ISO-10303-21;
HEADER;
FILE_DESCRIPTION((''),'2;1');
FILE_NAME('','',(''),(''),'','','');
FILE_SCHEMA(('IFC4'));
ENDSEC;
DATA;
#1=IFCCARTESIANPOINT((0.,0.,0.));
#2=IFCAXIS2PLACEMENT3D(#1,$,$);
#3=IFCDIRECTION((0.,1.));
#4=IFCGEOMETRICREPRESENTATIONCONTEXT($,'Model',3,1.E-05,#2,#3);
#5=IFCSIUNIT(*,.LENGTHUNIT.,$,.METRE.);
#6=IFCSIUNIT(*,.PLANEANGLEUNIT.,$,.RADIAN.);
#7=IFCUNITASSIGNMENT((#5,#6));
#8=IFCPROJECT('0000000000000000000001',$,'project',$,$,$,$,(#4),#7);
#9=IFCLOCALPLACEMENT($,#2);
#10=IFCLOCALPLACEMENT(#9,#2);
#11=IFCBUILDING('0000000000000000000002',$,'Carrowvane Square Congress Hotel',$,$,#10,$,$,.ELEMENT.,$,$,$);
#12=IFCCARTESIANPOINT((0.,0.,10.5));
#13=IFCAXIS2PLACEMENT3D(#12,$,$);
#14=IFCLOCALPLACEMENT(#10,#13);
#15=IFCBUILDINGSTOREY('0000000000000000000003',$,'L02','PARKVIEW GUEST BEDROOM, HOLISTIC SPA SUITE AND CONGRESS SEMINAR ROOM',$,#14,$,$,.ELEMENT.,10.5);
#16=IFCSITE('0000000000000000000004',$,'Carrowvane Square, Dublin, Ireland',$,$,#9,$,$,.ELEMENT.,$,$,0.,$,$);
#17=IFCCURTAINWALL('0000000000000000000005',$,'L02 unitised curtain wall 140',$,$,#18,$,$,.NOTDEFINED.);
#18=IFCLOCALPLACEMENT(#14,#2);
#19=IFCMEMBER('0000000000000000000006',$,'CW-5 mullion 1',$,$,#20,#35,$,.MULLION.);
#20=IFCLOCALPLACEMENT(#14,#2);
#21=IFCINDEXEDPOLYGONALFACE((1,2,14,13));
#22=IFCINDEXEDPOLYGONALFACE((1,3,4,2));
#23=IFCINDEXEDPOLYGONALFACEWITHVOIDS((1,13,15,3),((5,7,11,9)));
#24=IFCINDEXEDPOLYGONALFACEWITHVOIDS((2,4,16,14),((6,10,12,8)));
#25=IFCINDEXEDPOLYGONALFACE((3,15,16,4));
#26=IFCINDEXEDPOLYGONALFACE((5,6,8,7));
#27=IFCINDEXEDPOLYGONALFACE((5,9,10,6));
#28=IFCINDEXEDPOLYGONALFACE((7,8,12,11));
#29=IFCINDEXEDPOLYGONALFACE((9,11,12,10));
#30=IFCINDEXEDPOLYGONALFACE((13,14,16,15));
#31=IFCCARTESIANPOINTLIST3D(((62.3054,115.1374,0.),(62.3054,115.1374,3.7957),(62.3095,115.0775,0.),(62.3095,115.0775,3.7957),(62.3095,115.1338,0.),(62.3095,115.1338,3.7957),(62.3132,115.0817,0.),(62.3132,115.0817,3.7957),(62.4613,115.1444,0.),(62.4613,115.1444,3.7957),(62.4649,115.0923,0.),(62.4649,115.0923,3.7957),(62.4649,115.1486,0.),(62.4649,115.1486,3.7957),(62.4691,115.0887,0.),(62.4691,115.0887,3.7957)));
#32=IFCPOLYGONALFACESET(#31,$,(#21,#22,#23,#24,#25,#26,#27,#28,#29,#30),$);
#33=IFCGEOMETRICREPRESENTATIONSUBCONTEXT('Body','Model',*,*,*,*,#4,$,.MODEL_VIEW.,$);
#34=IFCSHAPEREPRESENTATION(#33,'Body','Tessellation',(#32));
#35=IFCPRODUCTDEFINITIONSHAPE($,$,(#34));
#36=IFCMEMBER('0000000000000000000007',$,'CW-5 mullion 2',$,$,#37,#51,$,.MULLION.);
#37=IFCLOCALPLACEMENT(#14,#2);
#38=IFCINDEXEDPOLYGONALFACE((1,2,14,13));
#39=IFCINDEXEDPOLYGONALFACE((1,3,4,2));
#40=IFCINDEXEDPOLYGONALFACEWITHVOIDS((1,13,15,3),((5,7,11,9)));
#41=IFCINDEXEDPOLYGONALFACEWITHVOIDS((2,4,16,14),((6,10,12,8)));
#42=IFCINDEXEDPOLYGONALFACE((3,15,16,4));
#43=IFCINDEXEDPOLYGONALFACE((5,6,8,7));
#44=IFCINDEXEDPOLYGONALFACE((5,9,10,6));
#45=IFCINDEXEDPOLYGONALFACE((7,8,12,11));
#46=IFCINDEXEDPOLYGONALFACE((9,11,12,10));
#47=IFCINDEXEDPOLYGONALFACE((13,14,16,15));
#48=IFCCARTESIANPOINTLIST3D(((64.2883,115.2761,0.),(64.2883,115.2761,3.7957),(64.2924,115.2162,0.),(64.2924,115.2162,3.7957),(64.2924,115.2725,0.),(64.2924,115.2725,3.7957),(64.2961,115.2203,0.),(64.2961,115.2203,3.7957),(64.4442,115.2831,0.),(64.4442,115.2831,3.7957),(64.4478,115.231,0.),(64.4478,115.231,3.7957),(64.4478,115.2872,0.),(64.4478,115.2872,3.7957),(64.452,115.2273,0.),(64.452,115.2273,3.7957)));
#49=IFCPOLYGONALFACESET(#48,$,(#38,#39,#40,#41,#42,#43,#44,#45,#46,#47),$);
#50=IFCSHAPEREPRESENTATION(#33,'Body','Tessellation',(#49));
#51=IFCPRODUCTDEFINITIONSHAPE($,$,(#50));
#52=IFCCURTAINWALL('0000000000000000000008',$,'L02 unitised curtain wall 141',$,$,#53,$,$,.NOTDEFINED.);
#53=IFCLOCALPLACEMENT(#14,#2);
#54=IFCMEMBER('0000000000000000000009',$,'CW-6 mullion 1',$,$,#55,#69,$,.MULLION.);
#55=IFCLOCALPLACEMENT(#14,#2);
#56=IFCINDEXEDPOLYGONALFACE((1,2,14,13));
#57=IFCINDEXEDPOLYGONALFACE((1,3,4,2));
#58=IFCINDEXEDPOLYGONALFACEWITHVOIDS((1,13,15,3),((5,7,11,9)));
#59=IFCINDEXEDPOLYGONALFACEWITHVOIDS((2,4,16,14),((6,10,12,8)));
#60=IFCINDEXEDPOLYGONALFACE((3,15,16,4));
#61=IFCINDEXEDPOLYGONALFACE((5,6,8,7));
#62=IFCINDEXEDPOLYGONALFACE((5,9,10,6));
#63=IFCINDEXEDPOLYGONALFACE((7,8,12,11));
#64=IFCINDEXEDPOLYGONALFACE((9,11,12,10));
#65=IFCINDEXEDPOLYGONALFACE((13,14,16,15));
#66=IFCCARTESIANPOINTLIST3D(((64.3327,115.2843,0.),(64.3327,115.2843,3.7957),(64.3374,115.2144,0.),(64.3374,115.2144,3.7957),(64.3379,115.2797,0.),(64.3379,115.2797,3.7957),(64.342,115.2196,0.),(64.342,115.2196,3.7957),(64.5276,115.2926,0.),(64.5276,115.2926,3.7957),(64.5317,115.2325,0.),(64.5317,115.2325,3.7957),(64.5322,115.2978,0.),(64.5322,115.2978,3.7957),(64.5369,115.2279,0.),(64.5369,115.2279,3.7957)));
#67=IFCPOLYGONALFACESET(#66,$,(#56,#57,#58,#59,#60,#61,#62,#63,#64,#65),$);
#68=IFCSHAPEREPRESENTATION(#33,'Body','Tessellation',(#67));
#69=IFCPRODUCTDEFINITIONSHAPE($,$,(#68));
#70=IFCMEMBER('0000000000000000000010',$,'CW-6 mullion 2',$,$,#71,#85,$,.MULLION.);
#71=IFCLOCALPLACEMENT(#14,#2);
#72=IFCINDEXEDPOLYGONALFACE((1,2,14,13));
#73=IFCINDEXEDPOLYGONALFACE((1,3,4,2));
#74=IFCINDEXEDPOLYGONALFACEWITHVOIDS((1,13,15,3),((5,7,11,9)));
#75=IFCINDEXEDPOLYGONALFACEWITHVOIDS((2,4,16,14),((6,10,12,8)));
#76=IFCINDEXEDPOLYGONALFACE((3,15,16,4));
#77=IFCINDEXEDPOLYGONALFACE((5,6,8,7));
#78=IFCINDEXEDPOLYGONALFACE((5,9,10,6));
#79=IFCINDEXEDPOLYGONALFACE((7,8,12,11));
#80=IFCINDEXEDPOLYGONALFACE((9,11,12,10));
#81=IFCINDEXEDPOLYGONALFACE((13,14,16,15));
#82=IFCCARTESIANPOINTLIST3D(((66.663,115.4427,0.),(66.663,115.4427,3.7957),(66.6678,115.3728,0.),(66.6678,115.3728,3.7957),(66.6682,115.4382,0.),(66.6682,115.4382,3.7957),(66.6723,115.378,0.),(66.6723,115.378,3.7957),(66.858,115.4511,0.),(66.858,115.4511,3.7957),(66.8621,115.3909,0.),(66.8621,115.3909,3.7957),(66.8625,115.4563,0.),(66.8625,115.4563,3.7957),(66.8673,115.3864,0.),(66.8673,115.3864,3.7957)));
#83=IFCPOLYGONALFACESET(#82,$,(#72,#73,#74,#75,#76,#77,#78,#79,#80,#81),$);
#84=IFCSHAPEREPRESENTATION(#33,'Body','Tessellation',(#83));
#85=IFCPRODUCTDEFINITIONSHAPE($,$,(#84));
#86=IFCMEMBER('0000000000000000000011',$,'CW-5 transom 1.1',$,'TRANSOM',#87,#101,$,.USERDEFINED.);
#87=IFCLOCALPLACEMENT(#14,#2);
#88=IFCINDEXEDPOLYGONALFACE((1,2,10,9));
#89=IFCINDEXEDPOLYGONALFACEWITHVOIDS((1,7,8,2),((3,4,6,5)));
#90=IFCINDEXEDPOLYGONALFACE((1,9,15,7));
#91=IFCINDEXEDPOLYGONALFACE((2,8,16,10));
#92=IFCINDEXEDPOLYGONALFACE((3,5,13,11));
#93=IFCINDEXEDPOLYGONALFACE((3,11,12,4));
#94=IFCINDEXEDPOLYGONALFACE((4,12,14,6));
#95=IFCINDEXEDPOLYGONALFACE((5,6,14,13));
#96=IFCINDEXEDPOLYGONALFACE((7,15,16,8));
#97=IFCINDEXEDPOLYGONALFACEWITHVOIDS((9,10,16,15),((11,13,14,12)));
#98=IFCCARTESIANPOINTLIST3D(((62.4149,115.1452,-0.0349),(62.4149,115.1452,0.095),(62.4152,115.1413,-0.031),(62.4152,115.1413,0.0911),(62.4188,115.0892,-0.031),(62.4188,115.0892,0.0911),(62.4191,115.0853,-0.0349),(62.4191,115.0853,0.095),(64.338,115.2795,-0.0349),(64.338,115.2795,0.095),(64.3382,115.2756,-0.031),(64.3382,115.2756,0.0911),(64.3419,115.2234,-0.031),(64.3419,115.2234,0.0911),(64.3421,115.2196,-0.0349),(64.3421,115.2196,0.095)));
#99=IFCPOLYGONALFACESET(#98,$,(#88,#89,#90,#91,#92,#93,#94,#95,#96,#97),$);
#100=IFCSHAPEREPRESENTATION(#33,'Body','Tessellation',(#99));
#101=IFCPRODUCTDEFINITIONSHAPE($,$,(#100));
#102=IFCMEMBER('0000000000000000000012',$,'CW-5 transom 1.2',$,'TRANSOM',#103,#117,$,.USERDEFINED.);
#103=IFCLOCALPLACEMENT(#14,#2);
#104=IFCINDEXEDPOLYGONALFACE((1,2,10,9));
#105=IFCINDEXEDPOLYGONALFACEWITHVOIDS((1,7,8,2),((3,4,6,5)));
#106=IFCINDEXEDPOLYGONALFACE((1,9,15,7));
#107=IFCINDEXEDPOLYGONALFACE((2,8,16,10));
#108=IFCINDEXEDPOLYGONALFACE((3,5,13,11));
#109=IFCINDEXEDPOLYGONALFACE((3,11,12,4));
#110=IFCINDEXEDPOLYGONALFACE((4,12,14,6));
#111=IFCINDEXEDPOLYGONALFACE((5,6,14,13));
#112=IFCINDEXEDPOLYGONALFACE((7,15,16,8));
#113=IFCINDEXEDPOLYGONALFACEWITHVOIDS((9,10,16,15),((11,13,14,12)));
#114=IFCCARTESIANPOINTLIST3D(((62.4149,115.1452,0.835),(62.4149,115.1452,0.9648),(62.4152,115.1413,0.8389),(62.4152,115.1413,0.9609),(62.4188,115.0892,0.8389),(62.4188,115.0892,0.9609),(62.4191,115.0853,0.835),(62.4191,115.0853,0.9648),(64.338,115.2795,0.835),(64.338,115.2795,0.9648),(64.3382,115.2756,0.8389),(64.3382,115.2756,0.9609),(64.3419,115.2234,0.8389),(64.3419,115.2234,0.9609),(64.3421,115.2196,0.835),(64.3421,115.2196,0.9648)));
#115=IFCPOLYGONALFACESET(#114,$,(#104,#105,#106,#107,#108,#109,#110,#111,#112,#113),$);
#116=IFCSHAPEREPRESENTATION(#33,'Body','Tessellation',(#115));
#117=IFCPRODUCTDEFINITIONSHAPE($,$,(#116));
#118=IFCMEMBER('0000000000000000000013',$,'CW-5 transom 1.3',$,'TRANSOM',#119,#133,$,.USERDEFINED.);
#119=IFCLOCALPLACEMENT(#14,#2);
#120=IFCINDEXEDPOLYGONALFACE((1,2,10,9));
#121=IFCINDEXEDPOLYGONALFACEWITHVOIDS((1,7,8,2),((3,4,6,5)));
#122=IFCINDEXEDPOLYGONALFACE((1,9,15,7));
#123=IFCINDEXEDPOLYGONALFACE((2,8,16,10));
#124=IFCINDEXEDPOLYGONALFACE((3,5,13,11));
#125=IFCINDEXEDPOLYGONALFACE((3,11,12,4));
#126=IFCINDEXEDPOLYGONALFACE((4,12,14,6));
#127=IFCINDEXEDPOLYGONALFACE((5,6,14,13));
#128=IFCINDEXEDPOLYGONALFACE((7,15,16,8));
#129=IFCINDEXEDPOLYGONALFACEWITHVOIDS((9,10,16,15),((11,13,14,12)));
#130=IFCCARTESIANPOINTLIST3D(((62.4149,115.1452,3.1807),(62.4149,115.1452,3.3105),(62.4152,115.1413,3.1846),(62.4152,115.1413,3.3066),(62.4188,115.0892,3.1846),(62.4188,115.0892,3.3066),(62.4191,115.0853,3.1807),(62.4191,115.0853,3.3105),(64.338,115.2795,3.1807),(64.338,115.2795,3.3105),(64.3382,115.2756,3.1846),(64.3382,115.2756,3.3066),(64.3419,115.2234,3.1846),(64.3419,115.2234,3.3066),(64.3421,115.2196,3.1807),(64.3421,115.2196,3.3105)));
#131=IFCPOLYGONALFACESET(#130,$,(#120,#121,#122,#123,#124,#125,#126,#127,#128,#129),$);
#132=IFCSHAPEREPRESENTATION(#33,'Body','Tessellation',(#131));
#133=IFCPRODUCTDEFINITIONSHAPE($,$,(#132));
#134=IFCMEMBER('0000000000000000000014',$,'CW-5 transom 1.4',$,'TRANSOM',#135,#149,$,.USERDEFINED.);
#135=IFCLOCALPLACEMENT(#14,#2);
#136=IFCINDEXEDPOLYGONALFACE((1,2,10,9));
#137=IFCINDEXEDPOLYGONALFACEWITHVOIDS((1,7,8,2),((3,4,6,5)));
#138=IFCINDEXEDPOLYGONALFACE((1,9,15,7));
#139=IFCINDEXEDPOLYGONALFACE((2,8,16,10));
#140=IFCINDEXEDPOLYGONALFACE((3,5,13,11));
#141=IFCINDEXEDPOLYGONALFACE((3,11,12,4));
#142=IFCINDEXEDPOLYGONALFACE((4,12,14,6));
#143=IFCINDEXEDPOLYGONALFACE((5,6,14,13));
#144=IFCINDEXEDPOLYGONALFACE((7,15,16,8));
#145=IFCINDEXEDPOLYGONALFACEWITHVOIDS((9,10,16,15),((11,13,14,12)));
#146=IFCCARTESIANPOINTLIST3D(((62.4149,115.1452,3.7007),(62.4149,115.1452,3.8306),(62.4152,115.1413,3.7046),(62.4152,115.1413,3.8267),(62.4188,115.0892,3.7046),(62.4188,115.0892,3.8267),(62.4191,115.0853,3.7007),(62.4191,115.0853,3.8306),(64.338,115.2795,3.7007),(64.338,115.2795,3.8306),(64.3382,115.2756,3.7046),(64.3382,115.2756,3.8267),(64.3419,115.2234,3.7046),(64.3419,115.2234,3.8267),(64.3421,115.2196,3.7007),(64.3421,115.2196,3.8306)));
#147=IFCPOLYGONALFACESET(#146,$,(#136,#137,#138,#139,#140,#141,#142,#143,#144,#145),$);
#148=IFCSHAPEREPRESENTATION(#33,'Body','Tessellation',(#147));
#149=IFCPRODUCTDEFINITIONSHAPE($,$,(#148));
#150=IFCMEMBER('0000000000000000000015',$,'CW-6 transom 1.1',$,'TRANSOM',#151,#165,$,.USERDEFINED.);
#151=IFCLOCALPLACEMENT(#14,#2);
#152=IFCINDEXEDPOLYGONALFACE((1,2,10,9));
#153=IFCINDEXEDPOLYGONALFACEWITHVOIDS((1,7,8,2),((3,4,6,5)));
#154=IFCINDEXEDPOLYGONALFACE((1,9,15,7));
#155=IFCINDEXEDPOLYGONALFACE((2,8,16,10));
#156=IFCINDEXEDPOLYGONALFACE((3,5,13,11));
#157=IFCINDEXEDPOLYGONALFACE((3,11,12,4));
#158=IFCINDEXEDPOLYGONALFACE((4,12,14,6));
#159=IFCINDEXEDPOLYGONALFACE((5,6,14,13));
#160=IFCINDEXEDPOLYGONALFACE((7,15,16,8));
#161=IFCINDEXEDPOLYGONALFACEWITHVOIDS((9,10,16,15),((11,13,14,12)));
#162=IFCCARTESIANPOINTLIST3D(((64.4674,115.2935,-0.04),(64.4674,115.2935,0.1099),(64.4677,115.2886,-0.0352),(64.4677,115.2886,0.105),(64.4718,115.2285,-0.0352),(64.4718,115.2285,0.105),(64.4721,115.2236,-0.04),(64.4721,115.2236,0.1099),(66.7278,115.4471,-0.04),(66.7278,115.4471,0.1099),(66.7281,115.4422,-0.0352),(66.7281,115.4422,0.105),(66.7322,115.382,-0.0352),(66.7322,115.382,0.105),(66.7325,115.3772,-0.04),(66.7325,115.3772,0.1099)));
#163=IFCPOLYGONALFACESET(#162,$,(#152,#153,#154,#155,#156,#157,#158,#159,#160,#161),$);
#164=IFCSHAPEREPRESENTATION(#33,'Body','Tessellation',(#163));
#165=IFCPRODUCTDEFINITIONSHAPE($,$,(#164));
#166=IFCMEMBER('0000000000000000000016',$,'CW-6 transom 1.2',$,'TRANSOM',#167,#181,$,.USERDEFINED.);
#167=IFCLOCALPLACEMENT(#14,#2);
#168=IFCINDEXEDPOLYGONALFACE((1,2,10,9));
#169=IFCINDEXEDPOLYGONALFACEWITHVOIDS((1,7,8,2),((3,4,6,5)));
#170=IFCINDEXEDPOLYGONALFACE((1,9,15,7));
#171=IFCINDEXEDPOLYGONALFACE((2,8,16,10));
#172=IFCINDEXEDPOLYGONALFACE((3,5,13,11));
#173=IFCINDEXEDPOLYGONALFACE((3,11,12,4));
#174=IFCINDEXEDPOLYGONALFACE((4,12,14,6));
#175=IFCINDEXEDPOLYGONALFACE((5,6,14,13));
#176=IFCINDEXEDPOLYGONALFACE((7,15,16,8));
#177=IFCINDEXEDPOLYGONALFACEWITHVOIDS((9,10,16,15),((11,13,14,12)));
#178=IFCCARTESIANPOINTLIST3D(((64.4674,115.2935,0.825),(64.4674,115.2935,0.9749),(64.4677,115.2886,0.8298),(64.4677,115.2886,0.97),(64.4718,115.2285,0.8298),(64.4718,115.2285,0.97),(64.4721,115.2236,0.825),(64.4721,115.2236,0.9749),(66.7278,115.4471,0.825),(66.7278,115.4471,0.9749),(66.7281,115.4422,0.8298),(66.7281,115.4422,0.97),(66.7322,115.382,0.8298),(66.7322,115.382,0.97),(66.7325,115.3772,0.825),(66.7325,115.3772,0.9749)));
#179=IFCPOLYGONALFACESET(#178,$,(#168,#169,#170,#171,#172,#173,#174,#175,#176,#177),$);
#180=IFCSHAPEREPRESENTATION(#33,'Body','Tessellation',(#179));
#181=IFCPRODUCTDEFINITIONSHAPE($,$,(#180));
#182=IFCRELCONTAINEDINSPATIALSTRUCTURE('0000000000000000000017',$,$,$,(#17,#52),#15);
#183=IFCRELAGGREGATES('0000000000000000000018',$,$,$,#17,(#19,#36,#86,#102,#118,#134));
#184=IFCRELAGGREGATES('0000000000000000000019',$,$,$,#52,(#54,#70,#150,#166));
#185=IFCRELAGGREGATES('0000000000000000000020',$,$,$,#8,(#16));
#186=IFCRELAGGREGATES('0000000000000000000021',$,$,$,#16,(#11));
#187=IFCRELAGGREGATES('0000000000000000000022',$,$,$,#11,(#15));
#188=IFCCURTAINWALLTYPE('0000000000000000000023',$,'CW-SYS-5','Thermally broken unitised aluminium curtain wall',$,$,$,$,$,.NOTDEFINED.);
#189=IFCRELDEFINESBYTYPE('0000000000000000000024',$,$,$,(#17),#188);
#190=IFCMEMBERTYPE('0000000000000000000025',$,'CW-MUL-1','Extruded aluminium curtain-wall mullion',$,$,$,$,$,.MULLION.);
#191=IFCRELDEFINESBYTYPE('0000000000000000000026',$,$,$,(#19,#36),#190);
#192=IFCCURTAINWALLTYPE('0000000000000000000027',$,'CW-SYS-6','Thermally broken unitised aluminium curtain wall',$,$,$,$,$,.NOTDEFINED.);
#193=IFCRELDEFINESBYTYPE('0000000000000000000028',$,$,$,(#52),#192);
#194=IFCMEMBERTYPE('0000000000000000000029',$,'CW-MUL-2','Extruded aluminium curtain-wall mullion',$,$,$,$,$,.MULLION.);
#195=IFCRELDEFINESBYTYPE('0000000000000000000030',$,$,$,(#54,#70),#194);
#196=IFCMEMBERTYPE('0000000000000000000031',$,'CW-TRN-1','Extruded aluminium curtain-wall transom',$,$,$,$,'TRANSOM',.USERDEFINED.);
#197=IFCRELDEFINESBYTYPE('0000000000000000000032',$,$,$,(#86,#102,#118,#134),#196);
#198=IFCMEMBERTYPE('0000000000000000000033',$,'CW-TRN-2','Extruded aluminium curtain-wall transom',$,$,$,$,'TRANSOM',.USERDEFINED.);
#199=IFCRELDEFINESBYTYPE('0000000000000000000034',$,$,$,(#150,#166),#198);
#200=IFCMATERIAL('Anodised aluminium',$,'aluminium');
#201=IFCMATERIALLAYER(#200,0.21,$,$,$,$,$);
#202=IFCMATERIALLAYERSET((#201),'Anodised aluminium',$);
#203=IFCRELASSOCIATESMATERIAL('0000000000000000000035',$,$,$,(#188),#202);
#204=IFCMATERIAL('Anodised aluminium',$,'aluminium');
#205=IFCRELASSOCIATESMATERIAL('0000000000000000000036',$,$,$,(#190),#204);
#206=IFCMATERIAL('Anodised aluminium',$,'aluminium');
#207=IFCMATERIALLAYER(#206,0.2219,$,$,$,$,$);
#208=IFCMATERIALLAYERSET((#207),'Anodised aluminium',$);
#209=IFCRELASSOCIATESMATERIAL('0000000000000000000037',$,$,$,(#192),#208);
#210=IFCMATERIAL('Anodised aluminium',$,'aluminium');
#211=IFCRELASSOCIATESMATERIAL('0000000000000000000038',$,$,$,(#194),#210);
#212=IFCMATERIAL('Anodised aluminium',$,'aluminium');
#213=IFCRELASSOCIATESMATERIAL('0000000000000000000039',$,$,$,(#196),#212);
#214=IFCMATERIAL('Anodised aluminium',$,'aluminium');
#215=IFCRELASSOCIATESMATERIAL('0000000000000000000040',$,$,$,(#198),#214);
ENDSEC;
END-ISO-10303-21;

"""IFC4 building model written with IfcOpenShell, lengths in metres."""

from ifc_helpers import new_model, si_unit, direction, frame, origin, origin_2d, place, context, subcontext, project, spatial, hollow_rectangle, extrude, material, layer, layer_set, material_profile, profile_set, type_object, element, aggregate, save


model = new_model("IFC4")

# Units and contexts
model_context = context("Model", 3, precision=1e-05, world=origin(), true_north=direction((0.0, 1.0)))
body_context = subcontext(model_context, "Body", "Model", "MODEL_VIEW")
ifc_project = project(units=[si_unit("LENGTHUNIT", "METRE"), si_unit("PLANEANGLEUNIT", "RADIAN")], contexts=[model_context])

# Site, building, storey
site_placement = place(None, origin())
site = spatial("IfcSite", under=ifc_project, at=site_placement, Name="Carrowvane Square, Dublin, Ireland", CompositionType="ELEMENT", RefElevation=0.0)
building_placement = place(site_placement, origin())
building = spatial("IfcBuilding", under=site, at=building_placement, Name="Carrowvane Square Congress Hotel", CompositionType="ELEMENT")
storey_placement = place(building_placement, frame((0.0, 0.0, 10.5)))
storey = spatial("IfcBuildingStorey", under=building, at=storey_placement, Name="L02", Description="PARKVIEW GUEST BEDROOM, HOLISTIC SPA SUITE AND CONGRESS SEMINAR ROOM", CompositionType="ELEMENT", Elevation=10.5)

# Curtain walls, members
ifc_material_1 = material(Name="Anodised aluminium", Category="aluminium")
ifc_layer_1 = layer(ifc_material_1, 0.21)
ifc_layer_set_1 = layer_set([ifc_layer_1], Name="Anodised aluminium")
curtain_wall_type_1 = type_object("IfcCurtainWallType", Name="CW-SYS-5", Description="Thermally broken unitised aluminium curtain wall", PredefinedType="NOTDEFINED", material=ifc_layer_set_1)
curtain_wall_1_placement = place(storey_placement, origin())
curtain_wall_1 = element("IfcCurtainWall", 1, at=curtain_wall_1_placement, inside=storey, type_object=curtain_wall_type_1, Name="L02 unitised curtain wall 140", PredefinedType="NOTDEFINED")
ifc_material_2 = material(Name="Anodised aluminium", Category="aluminium")
ifc_material_profile_1 = material_profile(ifc_material_2, hollow_rectangle(XDim=0.0601, YDim=0.1599, WallThickness=0.0039, at=origin_2d()), Name="CW-ML 60x160x4")
ifc_profile_set_1 = profile_set([ifc_material_profile_1], Name="Anodised aluminium")
member_type_1 = type_object("IfcMemberType", Name="CW-MUL-1", Description="Extruded aluminium curtain-wall mullion", PredefinedType="MULLION", material=ifc_profile_set_1)
member_1_placement = place(storey_placement, frame((62.3872, 115.113, 0.0), z_axis=(0.0, 0.0, 1.0), x_axis=(-0.069724, 0.997566, 0.0)))
member_1 = element("IfcMember", 2, at=member_1_placement, type_object=member_type_1, Name="CW-5 mullion 1", PredefinedType="MULLION", context=body_context, shape_type="SweptSolid", body=[
    extrude(hollow_rectangle(XDim=0.0601, YDim=0.1599, WallThickness=0.0039, at=origin_2d()), origin(), (0.0, 0.0, 1.0), 3.7957),
])
member_2_placement = place(storey_placement, frame((64.3701, 115.2517, 0.0), z_axis=(0.0, 0.0, 1.0), x_axis=(-0.069724, 0.997566, 0.0)))
member_2 = element("IfcMember", 3, at=member_2_placement, type_object=member_type_1, Name="CW-5 mullion 2", PredefinedType="MULLION", context=body_context, shape_type="SweptSolid", body=[
    extrude(hollow_rectangle(XDim=0.0601, YDim=0.1599, WallThickness=0.0039, at=origin_2d()), origin(), (0.0, 0.0, 1.0), 3.7957),
])
ifc_material_3 = material(Name="Anodised aluminium", Category="aluminium")
ifc_layer_2 = layer(ifc_material_3, 0.2219)
ifc_layer_set_2 = layer_set([ifc_layer_2], Name="Anodised aluminium")
curtain_wall_type_2 = type_object("IfcCurtainWallType", Name="CW-SYS-6", Description="Thermally broken unitised aluminium curtain wall", PredefinedType="NOTDEFINED", material=ifc_layer_set_2)
curtain_wall_2_placement = place(storey_placement, origin())
curtain_wall_2 = element("IfcCurtainWall", 4, at=curtain_wall_2_placement, inside=storey, type_object=curtain_wall_type_2, Name="L02 unitised curtain wall 141", PredefinedType="NOTDEFINED")
ifc_material_4 = material(Name="Anodised aluminium", Category="aluminium")
ifc_material_profile_2 = material_profile(ifc_material_4, hollow_rectangle(XDim=0.0701, YDim=0.2, WallThickness=0.0049, at=origin_2d()), Name="CW-ML 70x200x5")
ifc_profile_set_2 = profile_set([ifc_material_profile_2], Name="Anodised aluminium")
member_type_2 = type_object("IfcMemberType", Name="CW-MUL-2", Description="Extruded aluminium curtain-wall mullion", PredefinedType="MULLION", material=ifc_profile_set_2)
member_3_placement = place(storey_placement, frame((64.4348, 115.2561, 0.0), z_axis=(0.0, 0.0, 1.0), x_axis=(-0.067865, 0.997694, 0.0)))
member_3 = element("IfcMember", 5, at=member_3_placement, type_object=member_type_2, Name="CW-6 mullion 1", PredefinedType="MULLION", context=body_context, shape_type="SweptSolid", body=[
    extrude(hollow_rectangle(XDim=0.0701, YDim=0.2, WallThickness=0.0049, at=origin_2d()), origin(), (0.0, 0.0, 1.0), 3.7957),
])
member_4_placement = place(storey_placement, frame((66.7651, 115.4146, 0.0), z_axis=(0.0, 0.0, 1.0), x_axis=(-0.067865, 0.997694, 0.0)))
member_4 = element("IfcMember", 6, at=member_4_placement, type_object=member_type_2, Name="CW-6 mullion 2", PredefinedType="MULLION", context=body_context, shape_type="SweptSolid", body=[
    extrude(hollow_rectangle(XDim=0.0701, YDim=0.2, WallThickness=0.0049, at=origin_2d()), origin(), (0.0, 0.0, 1.0), 3.7957),
])

# Members
ifc_material_5 = material(Name="Anodised aluminium", Category="aluminium")
ifc_material_profile_3 = material_profile(ifc_material_5, hollow_rectangle(XDim=0.0601, YDim=0.1299, WallThickness=0.0039, at=origin_2d()), Name="CW-TR 60x130x4")
ifc_profile_set_3 = profile_set([ifc_material_profile_3], Name="Anodised aluminium")
member_type_3 = type_object("IfcMemberType", Name="CW-TRN-1", Description="Extruded aluminium curtain-wall transom", ElementType="TRANSOM", PredefinedType="USERDEFINED", material=ifc_profile_set_3)
member_5_placement = place(storey_placement, frame((62.417, 115.1152, 0.03), z_axis=(0.997571, 0.069654, 0.0), x_axis=(-0.069654, 0.997571, 0.0)))
member_5 = element("IfcMember", 7, at=member_5_placement, type_object=member_type_3, Name="CW-5 transom 1.1", ObjectType="TRANSOM", PredefinedType="USERDEFINED", context=body_context, shape_type="SweptSolid", body=[
    extrude(hollow_rectangle(XDim=0.0601, YDim=0.1299, WallThickness=0.0039, at=origin_2d()), origin(), (0.0, 0.0, 1.0), 1.9277),
])
member_6_placement = place(storey_placement, frame((62.417, 115.1152, 0.8999), z_axis=(0.997571, 0.069654, 0.0), x_axis=(-0.069654, 0.997571, 0.0)))
member_6 = element("IfcMember", 8, at=member_6_placement, type_object=member_type_3, Name="CW-5 transom 1.2", ObjectType="TRANSOM", PredefinedType="USERDEFINED", context=body_context, shape_type="SweptSolid", body=[
    extrude(hollow_rectangle(XDim=0.0601, YDim=0.1299, WallThickness=0.0039, at=origin_2d()), origin(), (0.0, 0.0, 1.0), 1.9277),
])
member_7_placement = place(storey_placement, frame((62.417, 115.1152, 3.2456), z_axis=(0.997571, 0.069654, 0.0), x_axis=(-0.069654, 0.997571, 0.0)))
member_7 = element("IfcMember", 9, at=member_7_placement, type_object=member_type_3, Name="CW-5 transom 1.3", ObjectType="TRANSOM", PredefinedType="USERDEFINED", context=body_context, shape_type="SweptSolid", body=[
    extrude(hollow_rectangle(XDim=0.0601, YDim=0.1299, WallThickness=0.0039, at=origin_2d()), origin(), (0.0, 0.0, 1.0), 1.9277),
])
member_8_placement = place(storey_placement, frame((62.417, 115.1152, 3.7656), z_axis=(0.997571, 0.069654, 0.0), x_axis=(-0.069654, 0.997571, 0.0)))
member_8 = element("IfcMember", 10, at=member_8_placement, type_object=member_type_3, Name="CW-5 transom 1.4", ObjectType="TRANSOM", PredefinedType="USERDEFINED", context=body_context, shape_type="SweptSolid", body=[
    extrude(hollow_rectangle(XDim=0.0601, YDim=0.1299, WallThickness=0.0039, at=origin_2d()), origin(), (0.0, 0.0, 1.0), 1.9277),
])
ifc_material_6 = material(Name="Anodised aluminium", Category="aluminium")
ifc_material_profile_4 = material_profile(ifc_material_6, hollow_rectangle(XDim=0.0701, YDim=0.1499, WallThickness=0.0049, at=origin_2d()), Name="CW-TR 70x150x5")
ifc_profile_set_4 = profile_set([ifc_material_profile_4], Name="Anodised aluminium")
member_type_4 = type_object("IfcMemberType", Name="CW-TRN-2", Description="Extruded aluminium curtain-wall transom", ElementType="TRANSOM", PredefinedType="USERDEFINED", material=ifc_profile_set_4)
member_9_placement = place(storey_placement, frame((64.4697, 115.2585, 0.0349), z_axis=(0.9977, 0.067778, 0.0), x_axis=(-0.067778, 0.9977, 0.0)))
member_9 = element("IfcMember", 11, at=member_9_placement, type_object=member_type_4, Name="CW-6 transom 1.1", ObjectType="TRANSOM", PredefinedType="USERDEFINED", context=body_context, shape_type="SweptSolid", body=[
    extrude(hollow_rectangle(XDim=0.0701, YDim=0.1499, WallThickness=0.0049, at=origin_2d()), origin(), (0.0, 0.0, 1.0), 2.2656),
])
member_10_placement = place(storey_placement, frame((64.4697, 115.2585, 0.8999), z_axis=(0.9977, 0.067778, 0.0), x_axis=(-0.067778, 0.9977, 0.0)))
member_10 = element("IfcMember", 12, at=member_10_placement, type_object=member_type_4, Name="CW-6 transom 1.2", ObjectType="TRANSOM", PredefinedType="USERDEFINED", context=body_context, shape_type="SweptSolid", body=[
    extrude(hollow_rectangle(XDim=0.0701, YDim=0.1499, WallThickness=0.0049, at=origin_2d()), origin(), (0.0, 0.0, 1.0), 2.2656),
])

aggregate(curtain_wall_1, [member_1, member_2, member_5, member_6, member_7, member_8])
aggregate(curtain_wall_2, [member_3, member_4, member_9, member_10])

save(model, "model.ifc")
